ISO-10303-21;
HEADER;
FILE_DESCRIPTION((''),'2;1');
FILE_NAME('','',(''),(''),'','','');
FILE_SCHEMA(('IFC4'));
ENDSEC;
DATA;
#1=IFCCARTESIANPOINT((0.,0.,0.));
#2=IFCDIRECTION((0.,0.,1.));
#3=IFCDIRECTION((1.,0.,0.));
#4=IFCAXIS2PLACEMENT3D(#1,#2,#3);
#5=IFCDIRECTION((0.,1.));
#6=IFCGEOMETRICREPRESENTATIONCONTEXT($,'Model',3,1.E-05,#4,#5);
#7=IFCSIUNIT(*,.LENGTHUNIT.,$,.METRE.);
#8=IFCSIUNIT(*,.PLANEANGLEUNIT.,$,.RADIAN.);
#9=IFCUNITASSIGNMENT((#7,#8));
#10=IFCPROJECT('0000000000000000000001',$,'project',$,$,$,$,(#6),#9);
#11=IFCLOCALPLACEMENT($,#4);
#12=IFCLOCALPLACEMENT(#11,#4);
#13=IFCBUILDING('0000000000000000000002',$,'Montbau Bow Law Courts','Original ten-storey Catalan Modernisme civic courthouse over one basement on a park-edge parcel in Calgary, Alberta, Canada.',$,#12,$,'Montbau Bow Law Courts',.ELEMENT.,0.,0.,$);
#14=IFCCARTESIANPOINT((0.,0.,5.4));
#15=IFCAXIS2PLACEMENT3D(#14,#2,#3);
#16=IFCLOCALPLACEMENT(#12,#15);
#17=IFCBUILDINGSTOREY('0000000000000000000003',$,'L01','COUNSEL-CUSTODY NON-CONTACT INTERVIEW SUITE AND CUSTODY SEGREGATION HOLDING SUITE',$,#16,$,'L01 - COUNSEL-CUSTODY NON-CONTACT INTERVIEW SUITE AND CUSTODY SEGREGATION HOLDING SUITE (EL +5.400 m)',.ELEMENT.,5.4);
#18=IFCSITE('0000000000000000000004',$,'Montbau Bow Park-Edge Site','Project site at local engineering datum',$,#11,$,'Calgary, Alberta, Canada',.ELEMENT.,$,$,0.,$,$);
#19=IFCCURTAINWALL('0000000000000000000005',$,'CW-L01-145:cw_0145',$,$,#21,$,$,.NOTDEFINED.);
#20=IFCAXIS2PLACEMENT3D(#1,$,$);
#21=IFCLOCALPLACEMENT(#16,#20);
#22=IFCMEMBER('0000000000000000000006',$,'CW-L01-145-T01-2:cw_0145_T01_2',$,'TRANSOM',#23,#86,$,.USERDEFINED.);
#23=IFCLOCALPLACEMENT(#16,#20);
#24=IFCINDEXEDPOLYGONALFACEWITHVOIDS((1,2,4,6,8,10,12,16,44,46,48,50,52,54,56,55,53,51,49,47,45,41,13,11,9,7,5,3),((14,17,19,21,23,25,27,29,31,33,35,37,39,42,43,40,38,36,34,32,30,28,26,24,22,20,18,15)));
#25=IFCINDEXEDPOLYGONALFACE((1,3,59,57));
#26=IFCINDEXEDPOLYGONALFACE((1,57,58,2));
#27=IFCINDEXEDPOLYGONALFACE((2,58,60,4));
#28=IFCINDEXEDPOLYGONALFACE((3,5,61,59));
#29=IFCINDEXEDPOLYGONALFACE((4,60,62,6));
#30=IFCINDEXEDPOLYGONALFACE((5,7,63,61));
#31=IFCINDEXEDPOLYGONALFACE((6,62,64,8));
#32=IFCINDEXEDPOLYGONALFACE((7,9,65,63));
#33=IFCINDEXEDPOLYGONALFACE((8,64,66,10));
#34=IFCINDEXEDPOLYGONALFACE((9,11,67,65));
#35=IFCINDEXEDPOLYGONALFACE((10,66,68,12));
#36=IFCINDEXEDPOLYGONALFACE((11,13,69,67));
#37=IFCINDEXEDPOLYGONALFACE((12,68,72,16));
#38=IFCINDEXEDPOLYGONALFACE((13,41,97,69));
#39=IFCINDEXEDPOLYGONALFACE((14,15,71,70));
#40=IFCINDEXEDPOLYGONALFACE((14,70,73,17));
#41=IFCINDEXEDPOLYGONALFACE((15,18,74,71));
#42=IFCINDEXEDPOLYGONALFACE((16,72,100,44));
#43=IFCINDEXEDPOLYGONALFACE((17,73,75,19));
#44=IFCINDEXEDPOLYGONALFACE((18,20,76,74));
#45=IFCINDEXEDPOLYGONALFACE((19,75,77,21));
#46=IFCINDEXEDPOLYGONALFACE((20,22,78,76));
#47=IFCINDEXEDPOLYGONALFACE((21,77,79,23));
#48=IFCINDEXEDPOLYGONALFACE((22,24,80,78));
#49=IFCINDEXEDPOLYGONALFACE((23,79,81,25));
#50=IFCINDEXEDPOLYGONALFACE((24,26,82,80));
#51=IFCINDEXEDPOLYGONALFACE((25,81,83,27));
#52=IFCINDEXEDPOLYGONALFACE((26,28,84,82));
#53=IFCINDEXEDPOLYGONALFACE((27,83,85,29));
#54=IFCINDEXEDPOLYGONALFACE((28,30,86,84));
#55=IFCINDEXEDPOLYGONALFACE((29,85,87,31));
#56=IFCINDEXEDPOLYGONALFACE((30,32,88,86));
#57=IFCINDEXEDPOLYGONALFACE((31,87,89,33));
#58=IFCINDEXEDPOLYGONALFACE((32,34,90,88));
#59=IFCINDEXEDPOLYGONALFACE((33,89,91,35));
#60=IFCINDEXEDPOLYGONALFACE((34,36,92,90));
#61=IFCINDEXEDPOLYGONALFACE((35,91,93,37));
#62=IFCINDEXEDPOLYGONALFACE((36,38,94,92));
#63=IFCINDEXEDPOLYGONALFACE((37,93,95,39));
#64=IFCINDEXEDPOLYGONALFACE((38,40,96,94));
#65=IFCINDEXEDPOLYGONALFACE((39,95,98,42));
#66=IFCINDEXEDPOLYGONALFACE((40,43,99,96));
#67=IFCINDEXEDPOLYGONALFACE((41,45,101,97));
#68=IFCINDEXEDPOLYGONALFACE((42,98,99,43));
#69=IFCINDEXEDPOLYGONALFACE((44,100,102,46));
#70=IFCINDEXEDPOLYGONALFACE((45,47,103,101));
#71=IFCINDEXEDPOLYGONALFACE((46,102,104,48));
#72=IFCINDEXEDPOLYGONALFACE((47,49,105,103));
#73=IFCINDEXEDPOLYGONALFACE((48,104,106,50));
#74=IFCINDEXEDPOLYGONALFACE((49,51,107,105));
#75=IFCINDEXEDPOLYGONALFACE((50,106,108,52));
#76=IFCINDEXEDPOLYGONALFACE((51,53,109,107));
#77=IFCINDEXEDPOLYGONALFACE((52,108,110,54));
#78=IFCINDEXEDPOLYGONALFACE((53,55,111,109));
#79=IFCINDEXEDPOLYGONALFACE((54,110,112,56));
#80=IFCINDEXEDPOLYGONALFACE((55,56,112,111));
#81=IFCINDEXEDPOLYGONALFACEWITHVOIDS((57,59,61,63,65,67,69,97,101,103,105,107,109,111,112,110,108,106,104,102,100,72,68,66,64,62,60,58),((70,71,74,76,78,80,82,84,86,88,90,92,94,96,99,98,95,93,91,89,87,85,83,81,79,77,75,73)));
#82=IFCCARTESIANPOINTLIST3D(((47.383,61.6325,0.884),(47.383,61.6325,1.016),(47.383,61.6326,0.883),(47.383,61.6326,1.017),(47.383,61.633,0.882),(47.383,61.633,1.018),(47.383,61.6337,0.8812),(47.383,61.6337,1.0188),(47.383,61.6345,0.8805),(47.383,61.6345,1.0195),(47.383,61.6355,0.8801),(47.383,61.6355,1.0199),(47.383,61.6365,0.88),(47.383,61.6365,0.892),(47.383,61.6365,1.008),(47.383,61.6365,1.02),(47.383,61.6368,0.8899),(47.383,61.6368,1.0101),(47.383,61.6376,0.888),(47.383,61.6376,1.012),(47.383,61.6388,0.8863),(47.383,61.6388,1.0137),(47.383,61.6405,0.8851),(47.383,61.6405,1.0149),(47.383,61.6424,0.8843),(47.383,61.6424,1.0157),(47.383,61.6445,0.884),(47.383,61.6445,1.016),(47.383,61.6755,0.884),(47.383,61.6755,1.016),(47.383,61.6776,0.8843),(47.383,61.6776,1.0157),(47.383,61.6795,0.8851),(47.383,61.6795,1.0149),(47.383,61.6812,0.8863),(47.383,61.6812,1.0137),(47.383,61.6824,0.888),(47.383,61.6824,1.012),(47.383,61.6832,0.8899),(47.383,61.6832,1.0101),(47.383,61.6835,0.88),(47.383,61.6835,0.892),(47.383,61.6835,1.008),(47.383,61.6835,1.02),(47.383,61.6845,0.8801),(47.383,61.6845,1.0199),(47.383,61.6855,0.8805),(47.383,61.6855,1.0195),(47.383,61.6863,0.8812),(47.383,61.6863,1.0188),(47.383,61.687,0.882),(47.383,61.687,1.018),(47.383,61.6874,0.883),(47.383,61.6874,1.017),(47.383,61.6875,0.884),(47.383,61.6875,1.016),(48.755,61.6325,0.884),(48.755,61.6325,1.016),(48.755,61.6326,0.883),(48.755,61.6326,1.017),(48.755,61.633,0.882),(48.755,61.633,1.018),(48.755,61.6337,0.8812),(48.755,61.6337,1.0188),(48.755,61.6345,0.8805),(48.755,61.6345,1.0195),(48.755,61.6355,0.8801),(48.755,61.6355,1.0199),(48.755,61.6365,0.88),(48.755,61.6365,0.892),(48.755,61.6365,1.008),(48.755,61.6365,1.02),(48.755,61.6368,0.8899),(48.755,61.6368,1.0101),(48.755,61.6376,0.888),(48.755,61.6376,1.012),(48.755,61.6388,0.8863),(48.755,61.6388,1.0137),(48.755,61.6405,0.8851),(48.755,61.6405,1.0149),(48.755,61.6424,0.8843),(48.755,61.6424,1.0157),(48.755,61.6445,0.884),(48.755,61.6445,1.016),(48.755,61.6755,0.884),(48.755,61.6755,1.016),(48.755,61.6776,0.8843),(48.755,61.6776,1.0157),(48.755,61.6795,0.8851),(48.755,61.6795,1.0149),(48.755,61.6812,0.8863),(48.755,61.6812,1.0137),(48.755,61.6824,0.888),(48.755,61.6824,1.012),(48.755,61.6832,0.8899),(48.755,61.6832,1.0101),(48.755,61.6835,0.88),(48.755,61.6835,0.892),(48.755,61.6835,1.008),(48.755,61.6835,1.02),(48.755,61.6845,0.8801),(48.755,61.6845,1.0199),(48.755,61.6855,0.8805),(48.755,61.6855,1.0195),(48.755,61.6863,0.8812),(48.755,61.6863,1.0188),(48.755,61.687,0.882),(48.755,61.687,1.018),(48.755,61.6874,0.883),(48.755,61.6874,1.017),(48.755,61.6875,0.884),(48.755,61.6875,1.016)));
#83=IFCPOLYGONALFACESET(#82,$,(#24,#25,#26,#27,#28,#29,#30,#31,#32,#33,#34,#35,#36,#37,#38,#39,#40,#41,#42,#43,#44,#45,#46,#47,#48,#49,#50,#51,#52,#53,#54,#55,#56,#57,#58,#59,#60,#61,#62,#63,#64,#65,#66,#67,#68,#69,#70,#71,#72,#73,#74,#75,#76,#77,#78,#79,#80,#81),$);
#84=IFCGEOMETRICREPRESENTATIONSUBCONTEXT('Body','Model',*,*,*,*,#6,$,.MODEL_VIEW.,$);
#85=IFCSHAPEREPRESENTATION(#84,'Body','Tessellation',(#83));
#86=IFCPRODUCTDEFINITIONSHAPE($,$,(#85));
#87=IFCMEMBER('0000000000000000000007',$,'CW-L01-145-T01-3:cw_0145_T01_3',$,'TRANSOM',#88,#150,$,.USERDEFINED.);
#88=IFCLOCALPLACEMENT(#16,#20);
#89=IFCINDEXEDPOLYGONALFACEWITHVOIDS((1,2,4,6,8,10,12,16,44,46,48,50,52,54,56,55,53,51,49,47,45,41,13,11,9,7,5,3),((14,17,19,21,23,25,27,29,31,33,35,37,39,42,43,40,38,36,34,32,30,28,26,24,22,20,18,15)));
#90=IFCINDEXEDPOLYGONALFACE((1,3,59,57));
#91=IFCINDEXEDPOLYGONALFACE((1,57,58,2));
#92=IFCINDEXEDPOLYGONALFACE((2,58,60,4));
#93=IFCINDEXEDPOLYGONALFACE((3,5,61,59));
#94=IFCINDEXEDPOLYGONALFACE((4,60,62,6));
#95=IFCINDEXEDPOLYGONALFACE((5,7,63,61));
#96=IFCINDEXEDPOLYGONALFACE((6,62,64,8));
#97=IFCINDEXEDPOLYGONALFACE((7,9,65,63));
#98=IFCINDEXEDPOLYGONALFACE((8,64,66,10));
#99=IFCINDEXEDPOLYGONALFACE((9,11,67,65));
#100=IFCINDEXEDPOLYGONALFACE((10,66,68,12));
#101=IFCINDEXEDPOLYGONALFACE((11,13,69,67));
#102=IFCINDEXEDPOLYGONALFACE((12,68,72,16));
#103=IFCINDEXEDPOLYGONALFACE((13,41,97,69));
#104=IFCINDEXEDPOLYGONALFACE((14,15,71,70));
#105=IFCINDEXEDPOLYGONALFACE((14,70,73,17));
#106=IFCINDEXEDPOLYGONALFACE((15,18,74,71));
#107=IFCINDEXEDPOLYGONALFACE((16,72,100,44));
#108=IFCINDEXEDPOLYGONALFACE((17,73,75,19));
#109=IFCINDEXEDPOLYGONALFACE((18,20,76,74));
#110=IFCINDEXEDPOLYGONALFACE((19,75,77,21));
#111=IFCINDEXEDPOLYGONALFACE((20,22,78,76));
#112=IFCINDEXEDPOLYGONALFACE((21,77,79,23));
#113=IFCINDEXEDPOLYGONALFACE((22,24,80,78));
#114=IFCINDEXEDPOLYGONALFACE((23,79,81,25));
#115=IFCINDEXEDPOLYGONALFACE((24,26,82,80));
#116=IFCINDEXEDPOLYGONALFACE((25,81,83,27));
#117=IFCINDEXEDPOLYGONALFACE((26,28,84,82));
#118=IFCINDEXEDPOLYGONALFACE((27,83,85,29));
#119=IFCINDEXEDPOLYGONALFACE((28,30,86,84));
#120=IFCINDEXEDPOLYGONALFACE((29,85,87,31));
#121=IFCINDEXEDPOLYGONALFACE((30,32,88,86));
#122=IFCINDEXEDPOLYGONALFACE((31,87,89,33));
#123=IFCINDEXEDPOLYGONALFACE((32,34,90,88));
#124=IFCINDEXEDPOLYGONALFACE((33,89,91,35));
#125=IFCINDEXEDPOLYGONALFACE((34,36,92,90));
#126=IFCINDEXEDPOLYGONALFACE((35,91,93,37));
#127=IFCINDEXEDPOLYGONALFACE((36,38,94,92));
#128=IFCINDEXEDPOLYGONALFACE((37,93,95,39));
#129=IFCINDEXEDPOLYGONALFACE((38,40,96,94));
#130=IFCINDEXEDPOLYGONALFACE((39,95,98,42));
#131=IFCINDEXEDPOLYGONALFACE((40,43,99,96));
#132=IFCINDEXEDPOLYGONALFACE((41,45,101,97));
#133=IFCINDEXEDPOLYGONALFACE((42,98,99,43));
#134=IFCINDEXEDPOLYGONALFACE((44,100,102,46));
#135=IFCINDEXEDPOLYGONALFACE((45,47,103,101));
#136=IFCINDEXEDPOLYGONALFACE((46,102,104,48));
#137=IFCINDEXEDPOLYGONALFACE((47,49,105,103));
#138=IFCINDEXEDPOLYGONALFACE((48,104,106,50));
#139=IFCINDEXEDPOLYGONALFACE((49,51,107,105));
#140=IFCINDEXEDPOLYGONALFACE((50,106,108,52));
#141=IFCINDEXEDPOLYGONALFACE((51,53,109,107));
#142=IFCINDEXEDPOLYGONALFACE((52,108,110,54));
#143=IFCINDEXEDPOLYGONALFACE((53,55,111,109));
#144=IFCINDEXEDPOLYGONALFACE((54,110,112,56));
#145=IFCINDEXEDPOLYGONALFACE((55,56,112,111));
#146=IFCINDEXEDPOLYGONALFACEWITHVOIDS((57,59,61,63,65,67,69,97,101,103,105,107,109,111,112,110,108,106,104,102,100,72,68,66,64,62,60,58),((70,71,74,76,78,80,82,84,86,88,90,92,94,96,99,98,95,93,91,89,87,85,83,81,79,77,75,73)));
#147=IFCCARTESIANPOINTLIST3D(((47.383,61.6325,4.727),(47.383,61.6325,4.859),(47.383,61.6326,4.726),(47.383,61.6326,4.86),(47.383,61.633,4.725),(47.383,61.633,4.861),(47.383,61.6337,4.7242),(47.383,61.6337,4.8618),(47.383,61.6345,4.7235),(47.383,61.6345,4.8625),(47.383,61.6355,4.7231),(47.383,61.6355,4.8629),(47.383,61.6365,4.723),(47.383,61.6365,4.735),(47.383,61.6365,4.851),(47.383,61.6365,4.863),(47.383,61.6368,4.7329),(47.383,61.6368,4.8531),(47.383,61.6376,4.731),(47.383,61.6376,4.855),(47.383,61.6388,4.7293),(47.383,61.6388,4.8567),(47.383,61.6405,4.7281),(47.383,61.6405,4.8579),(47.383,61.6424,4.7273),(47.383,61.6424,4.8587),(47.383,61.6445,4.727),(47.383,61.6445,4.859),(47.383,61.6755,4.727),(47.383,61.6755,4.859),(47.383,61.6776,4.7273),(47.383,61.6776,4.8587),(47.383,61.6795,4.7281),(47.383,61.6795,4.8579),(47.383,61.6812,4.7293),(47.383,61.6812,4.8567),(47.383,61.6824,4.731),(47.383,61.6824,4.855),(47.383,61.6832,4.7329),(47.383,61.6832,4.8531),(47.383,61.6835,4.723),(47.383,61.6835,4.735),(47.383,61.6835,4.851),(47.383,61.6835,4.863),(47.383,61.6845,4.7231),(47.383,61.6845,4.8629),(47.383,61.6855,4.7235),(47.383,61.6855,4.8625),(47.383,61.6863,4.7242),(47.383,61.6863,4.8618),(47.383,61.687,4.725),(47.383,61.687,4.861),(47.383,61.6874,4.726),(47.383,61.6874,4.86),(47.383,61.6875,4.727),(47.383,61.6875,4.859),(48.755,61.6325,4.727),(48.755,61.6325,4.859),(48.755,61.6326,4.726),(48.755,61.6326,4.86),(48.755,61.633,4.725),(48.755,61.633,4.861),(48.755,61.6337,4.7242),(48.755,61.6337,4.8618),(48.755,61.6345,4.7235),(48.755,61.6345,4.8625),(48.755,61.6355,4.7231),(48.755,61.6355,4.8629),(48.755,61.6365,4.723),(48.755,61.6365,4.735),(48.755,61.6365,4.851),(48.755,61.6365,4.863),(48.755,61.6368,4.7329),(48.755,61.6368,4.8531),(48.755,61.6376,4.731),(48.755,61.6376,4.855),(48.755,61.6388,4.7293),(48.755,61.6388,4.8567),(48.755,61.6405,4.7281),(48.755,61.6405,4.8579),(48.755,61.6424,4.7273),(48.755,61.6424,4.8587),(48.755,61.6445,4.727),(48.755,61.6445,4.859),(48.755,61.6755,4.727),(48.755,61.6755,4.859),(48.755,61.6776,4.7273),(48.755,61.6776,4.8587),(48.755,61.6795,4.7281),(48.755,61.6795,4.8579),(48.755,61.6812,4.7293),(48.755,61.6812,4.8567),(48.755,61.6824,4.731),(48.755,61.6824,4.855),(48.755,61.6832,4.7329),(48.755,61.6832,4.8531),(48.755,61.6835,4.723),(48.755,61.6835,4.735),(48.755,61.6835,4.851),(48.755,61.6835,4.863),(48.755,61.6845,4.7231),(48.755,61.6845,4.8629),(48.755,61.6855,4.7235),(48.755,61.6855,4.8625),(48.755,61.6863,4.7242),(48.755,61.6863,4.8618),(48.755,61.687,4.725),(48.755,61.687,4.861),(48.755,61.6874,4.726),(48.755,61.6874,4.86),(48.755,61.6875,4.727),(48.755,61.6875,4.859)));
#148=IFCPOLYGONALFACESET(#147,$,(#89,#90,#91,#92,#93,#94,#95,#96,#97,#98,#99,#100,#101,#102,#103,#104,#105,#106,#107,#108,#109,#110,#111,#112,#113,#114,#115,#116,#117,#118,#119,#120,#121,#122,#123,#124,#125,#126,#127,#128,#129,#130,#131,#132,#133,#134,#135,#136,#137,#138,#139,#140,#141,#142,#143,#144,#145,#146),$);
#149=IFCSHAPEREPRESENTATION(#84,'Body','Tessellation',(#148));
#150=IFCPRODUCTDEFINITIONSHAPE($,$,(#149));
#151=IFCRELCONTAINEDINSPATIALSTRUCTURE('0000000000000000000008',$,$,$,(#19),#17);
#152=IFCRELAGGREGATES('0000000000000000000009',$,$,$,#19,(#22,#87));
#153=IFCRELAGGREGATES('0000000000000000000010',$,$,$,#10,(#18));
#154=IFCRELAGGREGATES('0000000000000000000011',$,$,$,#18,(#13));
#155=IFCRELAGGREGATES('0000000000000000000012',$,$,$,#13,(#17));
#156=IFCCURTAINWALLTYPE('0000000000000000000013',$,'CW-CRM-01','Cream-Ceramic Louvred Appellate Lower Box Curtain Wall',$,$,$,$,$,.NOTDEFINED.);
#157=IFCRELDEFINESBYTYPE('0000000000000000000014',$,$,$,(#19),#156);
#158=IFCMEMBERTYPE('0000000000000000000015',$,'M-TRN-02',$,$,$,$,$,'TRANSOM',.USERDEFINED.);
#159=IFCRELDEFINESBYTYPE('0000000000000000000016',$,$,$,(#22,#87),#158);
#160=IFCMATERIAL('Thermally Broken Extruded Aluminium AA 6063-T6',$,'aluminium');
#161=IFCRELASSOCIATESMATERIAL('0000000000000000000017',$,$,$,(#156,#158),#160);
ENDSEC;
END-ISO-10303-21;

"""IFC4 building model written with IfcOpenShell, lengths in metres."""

from ifc_helpers import new_model, si_unit, direction, frame, origin_with_axes, origin_2d_with_axis, place, context, subcontext, project, spatial, hollow_rectangle, extrude, material, material_profile, profile_set, type_object, element, aggregate, save


model = new_model("IFC4")

# Units and contexts
model_context = context("Model", 3, precision=1e-05, world=origin_with_axes(), true_north=direction((0.0, 1.0)))
body_context = subcontext(model_context, "Body", "Model", "MODEL_VIEW")
ifc_project = project(units=[si_unit("LENGTHUNIT", "METRE"), si_unit("PLANEANGLEUNIT", "RADIAN")], contexts=[model_context])

# Site, building, storey
site_placement = place(None, origin_with_axes())
site = spatial("IfcSite", under=ifc_project, at=site_placement, Name="Montbau Bow Park-Edge Site", Description="Project site at local engineering datum", LongName="Calgary, Alberta, Canada", CompositionType="ELEMENT", RefElevation=0.0)
building_placement = place(site_placement, origin_with_axes())
building = spatial("IfcBuilding", under=site, at=building_placement, Name="Montbau Bow Law Courts", Description="Original ten-storey Catalan Modernisme civic courthouse over one basement on a park-edge parcel in Calgary, Alberta, Canada.", LongName="Montbau Bow Law Courts", CompositionType="ELEMENT", ElevationOfRefHeight=0.0, ElevationOfTerrain=0.0)
storey_placement = place(building_placement, frame((0.0, 0.0, 5.4), z_axis=(0.0, 0.0, 1.0), x_axis=(1.0, 0.0, 0.0)))
storey = spatial("IfcBuildingStorey", under=building, at=storey_placement, Name="L01", Description="COUNSEL-CUSTODY NON-CONTACT INTERVIEW SUITE AND CUSTODY SEGREGATION HOLDING SUITE", LongName="L01 - COUNSEL-CUSTODY NON-CONTACT INTERVIEW SUITE AND CUSTODY SEGREGATION HOLDING SUITE (EL +5.400 m)", CompositionType="ELEMENT", Elevation=5.4)

# Shared definitions
ifc_material_1 = material(Name="Thermally Broken Extruded Aluminium AA 6063-T6", Category="aluminium")
curtain_wall_type = type_object("IfcCurtainWallType", Name="CW-CRM-01", Description="Cream-Ceramic Louvred Appellate Lower Box Curtain Wall", PredefinedType="NOTDEFINED", material=ifc_material_1)

# Curtain wall, members
curtain_wall_1_placement = place(None, frame((47.315, 61.66, 5.4), z_axis=(0.0, 0.0, 1.0), x_axis=(1.0, 0.0, 0.0)))
curtain_wall_1 = element("IfcCurtainWall", 1, at=curtain_wall_1_placement, inside=storey, type_object=curtain_wall_type, Name="CW-L01-145:cw_0145", PredefinedType="NOTDEFINED")
ifc_material_profile_1 = material_profile(ifc_material_1, hollow_rectangle(XDim=0.055, YDim=0.14, WallThickness=0.004, InnerFilletRadius=0.008, OuterFilletRadius=0.004, at=origin_2d_with_axis()), Name="CWT-140X55", Category="Main", Priority=0)
ifc_profile_set_1 = profile_set([ifc_material_profile_1], Name="Thermally Broken Extruded Aluminium AA 6063-T6")
member_type_1 = type_object("IfcMemberType", Name="M-TRN-02", ElementType="TRANSOM", PredefinedType="USERDEFINED", material=ifc_profile_set_1)
member_1_placement = place(None, frame((47.383, 61.66, 6.35), z_axis=(1.0, 0.0, 0.0), x_axis=(0.0, 1.0, 0.0)))
member_1 = element("IfcMember", 2, at=member_1_placement, type_object=member_type_1, Name="CW-L01-145-T01-2:cw_0145_T01_2", ObjectType="TRANSOM", PredefinedType="USERDEFINED", context=body_context, shape_type="SweptSolid", body=[
    extrude(hollow_rectangle(XDim=0.055, YDim=0.14, WallThickness=0.004, InnerFilletRadius=0.008, OuterFilletRadius=0.004, at=origin_2d_with_axis()), origin_with_axes(), (0.0, 0.0, 1.0), 1.372),
])
member_2_placement = place(None, frame((47.383, 61.66, 10.193), z_axis=(1.0, 0.0, 0.0), x_axis=(0.0, 1.0, 0.0)))
member_2 = element("IfcMember", 3, at=member_2_placement, type_object=member_type_1, Name="CW-L01-145-T01-3:cw_0145_T01_3", ObjectType="TRANSOM", PredefinedType="USERDEFINED", context=body_context, shape_type="SweptSolid", body=[
    extrude(hollow_rectangle(XDim=0.055, YDim=0.14, WallThickness=0.004, InnerFilletRadius=0.008, OuterFilletRadius=0.004, at=origin_2d_with_axis()), origin_with_axes(), (0.0, 0.0, 1.0), 1.372),
])
aggregate(curtain_wall_1, [member_1, member_2])

save(model, "model.ifc")
